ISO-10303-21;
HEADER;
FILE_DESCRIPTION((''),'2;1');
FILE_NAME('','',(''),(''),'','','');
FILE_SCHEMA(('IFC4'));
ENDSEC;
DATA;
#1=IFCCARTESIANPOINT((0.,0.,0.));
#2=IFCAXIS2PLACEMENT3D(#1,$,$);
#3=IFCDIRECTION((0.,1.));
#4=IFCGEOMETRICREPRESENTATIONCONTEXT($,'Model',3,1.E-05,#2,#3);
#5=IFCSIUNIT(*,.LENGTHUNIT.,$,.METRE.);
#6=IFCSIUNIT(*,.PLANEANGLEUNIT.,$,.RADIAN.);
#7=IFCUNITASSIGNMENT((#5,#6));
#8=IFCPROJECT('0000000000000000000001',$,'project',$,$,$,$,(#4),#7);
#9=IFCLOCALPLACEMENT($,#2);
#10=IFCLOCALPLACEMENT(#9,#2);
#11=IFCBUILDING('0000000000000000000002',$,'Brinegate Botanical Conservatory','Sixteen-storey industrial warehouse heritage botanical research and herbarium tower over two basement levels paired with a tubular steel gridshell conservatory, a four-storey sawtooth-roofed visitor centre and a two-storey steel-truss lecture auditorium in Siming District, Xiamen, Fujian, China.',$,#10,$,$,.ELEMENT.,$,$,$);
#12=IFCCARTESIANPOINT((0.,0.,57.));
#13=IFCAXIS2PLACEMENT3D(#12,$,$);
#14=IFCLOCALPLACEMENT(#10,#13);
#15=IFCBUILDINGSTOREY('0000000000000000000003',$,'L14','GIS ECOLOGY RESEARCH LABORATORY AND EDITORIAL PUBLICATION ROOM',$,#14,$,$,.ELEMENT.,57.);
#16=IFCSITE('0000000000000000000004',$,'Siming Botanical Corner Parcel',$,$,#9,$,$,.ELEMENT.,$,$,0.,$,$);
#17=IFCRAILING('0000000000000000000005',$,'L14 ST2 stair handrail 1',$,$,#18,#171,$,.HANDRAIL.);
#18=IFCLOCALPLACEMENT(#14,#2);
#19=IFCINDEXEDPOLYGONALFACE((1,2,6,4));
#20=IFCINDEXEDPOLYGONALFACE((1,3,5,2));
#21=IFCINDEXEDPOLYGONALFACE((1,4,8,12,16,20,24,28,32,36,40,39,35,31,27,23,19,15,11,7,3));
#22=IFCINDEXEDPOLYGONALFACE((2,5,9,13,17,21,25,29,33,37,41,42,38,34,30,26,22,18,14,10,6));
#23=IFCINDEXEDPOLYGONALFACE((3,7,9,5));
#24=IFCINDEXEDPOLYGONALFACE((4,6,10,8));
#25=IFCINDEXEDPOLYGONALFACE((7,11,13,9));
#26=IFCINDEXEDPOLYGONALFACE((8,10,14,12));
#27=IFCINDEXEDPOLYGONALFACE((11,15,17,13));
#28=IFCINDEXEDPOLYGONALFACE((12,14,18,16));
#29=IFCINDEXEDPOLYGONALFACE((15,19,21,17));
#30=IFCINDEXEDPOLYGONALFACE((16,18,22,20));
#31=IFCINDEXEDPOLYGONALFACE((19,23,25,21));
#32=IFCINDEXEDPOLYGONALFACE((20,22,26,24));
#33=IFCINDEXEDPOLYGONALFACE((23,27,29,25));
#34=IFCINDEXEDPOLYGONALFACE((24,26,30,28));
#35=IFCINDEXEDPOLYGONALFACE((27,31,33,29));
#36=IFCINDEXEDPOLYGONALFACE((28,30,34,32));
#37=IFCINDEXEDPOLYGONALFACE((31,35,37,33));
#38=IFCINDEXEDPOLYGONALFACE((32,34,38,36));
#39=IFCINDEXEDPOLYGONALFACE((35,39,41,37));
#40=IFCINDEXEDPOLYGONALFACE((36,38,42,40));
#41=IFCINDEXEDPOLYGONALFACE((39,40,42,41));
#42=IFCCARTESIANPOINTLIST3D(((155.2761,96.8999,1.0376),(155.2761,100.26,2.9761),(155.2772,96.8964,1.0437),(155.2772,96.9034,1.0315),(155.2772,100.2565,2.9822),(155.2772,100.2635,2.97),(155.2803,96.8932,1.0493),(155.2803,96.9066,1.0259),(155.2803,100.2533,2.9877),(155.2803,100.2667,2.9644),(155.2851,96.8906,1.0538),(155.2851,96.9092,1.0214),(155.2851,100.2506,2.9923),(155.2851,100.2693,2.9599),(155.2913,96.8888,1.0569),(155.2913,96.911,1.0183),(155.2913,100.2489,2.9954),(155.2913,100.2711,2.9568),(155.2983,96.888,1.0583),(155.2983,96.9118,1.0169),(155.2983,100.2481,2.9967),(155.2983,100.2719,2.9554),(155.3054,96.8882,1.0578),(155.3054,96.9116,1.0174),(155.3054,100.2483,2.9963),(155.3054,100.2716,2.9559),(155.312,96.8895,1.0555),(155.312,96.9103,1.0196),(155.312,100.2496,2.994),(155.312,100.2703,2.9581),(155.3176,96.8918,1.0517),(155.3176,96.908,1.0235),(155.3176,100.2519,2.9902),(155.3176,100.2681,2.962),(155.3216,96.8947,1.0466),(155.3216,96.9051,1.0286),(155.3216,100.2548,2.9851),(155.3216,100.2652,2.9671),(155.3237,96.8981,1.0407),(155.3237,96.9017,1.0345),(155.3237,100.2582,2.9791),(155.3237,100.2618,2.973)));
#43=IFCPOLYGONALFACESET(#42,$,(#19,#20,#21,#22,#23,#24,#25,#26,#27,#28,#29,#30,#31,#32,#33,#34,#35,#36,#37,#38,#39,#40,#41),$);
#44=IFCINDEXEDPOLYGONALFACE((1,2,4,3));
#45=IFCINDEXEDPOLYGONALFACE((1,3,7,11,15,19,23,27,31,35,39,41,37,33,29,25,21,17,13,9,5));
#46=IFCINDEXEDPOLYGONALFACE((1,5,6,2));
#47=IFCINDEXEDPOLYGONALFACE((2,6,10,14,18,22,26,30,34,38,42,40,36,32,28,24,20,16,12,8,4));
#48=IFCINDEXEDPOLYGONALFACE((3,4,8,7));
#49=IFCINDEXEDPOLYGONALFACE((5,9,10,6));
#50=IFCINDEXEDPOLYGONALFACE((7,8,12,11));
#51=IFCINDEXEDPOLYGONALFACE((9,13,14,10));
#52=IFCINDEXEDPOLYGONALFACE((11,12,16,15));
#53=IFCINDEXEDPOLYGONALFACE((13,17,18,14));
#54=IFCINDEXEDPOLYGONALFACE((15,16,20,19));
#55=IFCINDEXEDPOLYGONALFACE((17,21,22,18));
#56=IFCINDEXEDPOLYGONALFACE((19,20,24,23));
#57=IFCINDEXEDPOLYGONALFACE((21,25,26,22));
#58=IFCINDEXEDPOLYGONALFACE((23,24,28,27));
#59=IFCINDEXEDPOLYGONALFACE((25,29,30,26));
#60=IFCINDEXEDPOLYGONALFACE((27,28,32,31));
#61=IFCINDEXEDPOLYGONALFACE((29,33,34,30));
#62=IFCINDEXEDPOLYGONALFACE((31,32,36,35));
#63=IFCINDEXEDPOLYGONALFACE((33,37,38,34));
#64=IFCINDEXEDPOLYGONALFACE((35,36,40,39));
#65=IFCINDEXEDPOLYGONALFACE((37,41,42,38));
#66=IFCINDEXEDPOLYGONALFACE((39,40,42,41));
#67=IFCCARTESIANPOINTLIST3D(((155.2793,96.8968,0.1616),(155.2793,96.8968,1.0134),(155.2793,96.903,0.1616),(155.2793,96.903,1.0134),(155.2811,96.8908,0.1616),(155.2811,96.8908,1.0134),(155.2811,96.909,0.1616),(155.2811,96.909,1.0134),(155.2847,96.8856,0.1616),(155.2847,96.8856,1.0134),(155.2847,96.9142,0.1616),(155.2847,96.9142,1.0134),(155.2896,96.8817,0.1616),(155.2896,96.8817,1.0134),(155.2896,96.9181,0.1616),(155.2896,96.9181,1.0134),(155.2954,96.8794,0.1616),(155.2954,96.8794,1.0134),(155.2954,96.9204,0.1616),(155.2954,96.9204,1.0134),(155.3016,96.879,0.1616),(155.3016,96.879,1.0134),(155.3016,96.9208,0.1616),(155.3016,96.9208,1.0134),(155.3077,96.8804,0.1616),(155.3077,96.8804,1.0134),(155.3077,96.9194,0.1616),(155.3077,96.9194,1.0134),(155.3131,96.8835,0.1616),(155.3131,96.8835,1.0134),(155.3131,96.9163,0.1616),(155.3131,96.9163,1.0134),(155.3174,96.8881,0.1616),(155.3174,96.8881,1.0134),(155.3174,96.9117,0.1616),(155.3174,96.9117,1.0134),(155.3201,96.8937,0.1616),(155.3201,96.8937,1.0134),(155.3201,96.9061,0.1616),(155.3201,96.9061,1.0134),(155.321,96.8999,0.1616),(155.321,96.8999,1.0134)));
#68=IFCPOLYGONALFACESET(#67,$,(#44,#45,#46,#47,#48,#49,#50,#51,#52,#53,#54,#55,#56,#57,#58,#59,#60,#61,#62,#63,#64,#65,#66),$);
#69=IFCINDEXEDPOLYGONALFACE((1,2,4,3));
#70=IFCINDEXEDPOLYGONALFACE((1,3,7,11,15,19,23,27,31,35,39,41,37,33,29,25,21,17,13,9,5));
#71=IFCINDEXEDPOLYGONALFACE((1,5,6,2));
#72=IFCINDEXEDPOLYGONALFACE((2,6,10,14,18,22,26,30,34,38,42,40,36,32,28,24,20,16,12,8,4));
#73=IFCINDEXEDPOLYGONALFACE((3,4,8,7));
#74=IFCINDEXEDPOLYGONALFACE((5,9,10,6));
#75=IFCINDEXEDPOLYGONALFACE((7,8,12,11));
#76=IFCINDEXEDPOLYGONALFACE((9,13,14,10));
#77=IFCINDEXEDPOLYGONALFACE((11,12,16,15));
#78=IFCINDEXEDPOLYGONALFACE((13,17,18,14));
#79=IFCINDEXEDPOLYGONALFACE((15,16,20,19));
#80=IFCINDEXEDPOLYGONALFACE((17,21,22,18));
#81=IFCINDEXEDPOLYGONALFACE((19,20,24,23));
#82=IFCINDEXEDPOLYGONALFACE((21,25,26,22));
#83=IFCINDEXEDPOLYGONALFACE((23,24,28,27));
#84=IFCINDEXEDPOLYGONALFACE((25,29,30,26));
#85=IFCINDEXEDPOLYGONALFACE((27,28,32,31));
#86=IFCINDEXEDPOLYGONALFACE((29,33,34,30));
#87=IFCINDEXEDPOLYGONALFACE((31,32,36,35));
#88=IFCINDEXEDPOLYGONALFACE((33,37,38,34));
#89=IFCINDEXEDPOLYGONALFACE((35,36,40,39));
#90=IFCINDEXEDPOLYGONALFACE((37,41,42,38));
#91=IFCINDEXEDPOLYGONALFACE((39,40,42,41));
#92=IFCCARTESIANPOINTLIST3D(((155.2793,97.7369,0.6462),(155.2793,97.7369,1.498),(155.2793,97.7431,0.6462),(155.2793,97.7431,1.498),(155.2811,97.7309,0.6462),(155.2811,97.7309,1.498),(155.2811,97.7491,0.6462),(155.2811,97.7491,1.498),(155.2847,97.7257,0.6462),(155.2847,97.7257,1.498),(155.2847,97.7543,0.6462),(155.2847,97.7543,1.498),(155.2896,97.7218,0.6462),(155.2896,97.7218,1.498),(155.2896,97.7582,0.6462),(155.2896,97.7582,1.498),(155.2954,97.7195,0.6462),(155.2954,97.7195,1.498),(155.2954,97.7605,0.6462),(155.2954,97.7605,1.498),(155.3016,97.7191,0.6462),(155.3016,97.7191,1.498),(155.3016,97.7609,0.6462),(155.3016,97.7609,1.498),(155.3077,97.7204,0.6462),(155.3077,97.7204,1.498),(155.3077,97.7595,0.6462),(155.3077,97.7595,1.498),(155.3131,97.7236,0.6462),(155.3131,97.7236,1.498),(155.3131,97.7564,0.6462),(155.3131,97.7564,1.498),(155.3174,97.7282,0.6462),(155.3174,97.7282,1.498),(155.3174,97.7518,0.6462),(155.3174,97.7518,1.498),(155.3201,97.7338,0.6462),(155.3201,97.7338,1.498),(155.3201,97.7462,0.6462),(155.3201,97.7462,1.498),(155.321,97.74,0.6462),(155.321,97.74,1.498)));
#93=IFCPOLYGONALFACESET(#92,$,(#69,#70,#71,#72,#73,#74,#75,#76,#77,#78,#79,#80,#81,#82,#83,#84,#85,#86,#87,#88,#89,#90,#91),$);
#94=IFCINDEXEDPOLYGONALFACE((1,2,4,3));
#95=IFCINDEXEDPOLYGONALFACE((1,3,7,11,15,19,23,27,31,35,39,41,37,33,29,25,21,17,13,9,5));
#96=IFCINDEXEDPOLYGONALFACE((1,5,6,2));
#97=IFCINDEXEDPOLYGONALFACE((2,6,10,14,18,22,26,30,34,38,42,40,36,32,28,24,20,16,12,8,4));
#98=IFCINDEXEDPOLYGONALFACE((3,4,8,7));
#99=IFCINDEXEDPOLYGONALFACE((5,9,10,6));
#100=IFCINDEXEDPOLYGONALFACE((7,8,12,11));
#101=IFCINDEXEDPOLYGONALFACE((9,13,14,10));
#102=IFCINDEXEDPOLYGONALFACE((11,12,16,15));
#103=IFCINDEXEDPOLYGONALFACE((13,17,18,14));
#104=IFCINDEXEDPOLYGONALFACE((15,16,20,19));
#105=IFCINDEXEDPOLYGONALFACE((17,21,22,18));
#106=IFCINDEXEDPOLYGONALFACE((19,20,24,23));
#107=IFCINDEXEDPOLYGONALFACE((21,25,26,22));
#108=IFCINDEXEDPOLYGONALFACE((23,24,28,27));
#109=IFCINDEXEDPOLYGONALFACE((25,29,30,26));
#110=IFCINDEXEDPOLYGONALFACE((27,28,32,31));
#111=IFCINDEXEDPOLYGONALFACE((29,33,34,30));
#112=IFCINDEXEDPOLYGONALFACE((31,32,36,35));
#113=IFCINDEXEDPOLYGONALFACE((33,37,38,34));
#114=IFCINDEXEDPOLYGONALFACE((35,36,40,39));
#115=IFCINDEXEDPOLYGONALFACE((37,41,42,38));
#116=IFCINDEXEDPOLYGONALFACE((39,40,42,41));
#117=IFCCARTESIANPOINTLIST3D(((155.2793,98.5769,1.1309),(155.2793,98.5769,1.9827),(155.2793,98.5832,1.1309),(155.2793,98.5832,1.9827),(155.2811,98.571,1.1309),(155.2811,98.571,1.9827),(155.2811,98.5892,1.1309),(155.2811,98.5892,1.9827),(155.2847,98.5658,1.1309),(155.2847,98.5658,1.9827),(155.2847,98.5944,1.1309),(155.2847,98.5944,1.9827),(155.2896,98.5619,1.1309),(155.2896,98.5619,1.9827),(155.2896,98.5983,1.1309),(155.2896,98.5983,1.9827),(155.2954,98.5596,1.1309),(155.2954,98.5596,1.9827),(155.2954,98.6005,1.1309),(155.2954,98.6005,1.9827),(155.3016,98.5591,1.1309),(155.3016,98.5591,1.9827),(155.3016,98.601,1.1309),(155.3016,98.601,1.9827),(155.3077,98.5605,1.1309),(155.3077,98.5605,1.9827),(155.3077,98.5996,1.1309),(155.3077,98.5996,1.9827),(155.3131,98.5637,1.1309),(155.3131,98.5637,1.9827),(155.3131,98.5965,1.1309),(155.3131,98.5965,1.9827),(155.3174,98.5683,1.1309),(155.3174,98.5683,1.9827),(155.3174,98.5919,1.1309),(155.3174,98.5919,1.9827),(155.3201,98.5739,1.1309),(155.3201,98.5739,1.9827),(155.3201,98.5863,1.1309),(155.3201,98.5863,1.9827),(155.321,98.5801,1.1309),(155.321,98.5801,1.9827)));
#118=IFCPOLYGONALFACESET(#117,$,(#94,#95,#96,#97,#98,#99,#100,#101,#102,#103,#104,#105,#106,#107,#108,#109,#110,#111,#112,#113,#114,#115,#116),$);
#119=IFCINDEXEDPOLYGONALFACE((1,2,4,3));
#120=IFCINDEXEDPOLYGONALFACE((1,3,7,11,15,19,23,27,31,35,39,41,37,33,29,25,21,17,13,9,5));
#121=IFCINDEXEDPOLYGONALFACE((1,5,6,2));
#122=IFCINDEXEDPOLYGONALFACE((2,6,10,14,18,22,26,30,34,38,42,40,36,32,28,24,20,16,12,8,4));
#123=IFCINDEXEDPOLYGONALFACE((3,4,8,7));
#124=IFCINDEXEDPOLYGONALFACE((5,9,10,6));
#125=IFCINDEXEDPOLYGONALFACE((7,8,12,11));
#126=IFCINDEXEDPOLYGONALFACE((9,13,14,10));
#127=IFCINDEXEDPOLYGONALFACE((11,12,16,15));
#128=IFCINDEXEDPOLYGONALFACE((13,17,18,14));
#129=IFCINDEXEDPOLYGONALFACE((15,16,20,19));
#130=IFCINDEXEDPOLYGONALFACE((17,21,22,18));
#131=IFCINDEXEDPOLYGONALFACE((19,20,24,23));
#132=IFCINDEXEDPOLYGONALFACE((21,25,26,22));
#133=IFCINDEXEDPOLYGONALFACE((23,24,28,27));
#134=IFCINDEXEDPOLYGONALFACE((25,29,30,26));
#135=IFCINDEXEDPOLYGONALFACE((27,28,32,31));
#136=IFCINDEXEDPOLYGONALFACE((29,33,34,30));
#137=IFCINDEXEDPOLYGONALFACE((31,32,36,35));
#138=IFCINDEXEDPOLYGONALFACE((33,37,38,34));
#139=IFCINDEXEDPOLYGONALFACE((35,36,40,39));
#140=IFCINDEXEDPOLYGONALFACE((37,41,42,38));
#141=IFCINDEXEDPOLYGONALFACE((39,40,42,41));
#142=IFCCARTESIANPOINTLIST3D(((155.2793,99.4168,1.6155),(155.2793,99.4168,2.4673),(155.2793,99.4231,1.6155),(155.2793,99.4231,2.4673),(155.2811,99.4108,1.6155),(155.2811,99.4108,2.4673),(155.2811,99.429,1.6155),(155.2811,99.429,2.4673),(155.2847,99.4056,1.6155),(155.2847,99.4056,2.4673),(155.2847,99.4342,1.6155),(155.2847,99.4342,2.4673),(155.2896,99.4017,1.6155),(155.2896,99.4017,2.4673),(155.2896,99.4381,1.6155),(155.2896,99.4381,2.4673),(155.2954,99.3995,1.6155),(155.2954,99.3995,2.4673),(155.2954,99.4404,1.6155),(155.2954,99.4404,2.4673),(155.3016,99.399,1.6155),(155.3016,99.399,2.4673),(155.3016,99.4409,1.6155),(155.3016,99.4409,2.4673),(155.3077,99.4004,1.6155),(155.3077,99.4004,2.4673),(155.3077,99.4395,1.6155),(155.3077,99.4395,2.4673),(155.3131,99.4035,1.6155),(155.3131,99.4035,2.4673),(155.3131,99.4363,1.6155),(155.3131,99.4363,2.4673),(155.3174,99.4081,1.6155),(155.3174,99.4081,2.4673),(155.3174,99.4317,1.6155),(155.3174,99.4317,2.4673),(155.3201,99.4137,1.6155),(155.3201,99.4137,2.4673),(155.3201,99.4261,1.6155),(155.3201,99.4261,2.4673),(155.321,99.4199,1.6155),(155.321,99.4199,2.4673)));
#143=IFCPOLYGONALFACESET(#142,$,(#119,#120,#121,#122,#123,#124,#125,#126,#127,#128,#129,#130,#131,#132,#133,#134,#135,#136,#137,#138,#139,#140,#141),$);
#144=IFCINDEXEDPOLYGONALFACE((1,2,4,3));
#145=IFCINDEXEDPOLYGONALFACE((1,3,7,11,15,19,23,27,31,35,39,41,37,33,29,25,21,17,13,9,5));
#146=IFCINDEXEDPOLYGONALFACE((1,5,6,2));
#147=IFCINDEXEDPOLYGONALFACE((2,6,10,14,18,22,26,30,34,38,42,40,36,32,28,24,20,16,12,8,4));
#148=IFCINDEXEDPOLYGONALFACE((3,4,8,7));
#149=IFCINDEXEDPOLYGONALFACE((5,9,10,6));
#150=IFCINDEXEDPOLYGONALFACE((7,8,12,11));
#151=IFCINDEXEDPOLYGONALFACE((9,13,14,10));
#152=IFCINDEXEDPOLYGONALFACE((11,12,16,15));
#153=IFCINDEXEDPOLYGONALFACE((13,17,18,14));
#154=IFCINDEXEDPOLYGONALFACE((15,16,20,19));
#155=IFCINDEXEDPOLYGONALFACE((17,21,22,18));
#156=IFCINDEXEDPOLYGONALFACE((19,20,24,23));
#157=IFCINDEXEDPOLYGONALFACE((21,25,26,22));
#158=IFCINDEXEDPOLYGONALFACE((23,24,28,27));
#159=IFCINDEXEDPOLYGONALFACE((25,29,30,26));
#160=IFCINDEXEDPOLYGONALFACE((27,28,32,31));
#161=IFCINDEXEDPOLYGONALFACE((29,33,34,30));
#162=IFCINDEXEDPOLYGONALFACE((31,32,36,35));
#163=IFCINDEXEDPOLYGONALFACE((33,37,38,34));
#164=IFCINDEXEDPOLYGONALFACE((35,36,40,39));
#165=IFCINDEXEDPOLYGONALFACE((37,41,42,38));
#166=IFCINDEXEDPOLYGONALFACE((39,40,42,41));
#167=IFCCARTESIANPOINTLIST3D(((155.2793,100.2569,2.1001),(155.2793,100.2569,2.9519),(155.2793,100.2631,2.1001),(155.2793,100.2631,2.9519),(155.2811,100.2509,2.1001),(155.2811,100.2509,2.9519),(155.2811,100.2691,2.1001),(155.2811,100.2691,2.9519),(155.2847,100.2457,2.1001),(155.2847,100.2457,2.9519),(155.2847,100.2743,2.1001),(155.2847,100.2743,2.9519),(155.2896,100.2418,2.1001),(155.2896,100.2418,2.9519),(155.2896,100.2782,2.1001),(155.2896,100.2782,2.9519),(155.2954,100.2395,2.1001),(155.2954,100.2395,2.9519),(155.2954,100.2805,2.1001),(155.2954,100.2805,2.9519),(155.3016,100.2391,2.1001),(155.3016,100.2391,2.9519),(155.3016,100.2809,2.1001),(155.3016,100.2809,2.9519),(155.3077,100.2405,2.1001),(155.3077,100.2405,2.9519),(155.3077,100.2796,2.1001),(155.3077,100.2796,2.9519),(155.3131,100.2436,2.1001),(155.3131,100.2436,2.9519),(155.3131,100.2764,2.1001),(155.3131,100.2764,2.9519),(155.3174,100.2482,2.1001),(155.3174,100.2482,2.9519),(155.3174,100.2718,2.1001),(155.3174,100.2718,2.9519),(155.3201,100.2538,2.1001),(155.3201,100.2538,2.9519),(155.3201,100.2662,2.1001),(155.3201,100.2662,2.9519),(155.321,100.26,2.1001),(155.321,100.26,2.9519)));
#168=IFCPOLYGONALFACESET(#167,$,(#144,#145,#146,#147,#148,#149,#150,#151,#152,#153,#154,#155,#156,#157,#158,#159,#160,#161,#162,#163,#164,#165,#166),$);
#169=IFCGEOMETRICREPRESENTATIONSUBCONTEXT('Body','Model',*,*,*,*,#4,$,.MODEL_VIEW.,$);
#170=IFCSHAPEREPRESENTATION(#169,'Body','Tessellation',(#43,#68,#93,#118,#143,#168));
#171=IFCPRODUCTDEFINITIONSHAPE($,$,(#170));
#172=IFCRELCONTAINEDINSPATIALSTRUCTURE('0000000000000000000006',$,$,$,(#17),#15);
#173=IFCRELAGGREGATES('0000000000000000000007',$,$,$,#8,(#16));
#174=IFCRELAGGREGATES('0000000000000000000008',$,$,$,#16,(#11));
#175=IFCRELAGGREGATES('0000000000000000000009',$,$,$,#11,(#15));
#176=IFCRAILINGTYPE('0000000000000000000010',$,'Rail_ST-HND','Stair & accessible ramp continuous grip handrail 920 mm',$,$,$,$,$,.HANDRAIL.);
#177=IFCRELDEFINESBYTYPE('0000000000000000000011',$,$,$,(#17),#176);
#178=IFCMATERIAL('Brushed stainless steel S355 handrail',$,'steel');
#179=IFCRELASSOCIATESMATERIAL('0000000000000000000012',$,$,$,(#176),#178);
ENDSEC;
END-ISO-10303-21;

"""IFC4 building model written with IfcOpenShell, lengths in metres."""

from ifc_helpers import new_model, si_unit, direction, frame, origin, origin_2d, place, context, subcontext, project, spatial, circle, extrude, material, type_object, element, save


model = new_model("IFC4")

# Units and contexts
model_context = context("Model", 3, precision=1e-05, world=origin(), true_north=direction((0.0, 1.0)))
body_context = subcontext(model_context, "Body", "Model", "MODEL_VIEW")
ifc_project = project(units=[si_unit("LENGTHUNIT", "METRE"), si_unit("PLANEANGLEUNIT", "RADIAN")], contexts=[model_context])

# Site, building, storey
site_placement = place(None, origin())
site = spatial("IfcSite", under=ifc_project, at=site_placement, Name="Siming Botanical Corner Parcel", CompositionType="ELEMENT", RefElevation=0.0)
building_placement = place(site_placement, origin())
building = spatial("IfcBuilding", under=site, at=building_placement, Name="Brinegate Botanical Conservatory", Description="Sixteen-storey industrial warehouse heritage botanical research and herbarium tower over two basement levels paired with a tubular steel gridshell conservatory, a four-storey sawtooth-roofed visitor centre and a two-storey steel-truss lecture auditorium in Siming District, Xiamen, Fujian, China.", CompositionType="ELEMENT")
storey_placement = place(building_placement, frame((0.0, 0.0, 57.0)))
storey = spatial("IfcBuildingStorey", under=building, at=storey_placement, Name="L14", Description="GIS ECOLOGY RESEARCH LABORATORY AND EDITORIAL PUBLICATION ROOM", CompositionType="ELEMENT", Elevation=57.0)

# Railing
ifc_material_1 = material(Name="Brushed stainless steel S355 handrail", Category="steel")
railing_type_1 = type_object("IfcRailingType", Name="Rail_ST-HND", Description="Stair & accessible ramp continuous grip handrail 920 mm", PredefinedType="HANDRAIL", material=ifc_material_1)
railing_1_placement = place(storey_placement, frame((155.3, 96.8999, 0.1616)))
element("IfcRailing", 1, at=railing_1_placement, inside=storey, type_object=railing_type_1, Name="L14 ST2 stair handrail 1", PredefinedType="HANDRAIL", context=body_context, shape_type="SweptSolid", body=[
    extrude(circle(Radius=0.0239, at=origin_2d()), frame((0.0, 0.0, 0.876), z_axis=(0.0, 0.866191, 0.499713), x_axis=(-1.0, 0.0, 0.0)), (0.0, 0.0, 1.0), 3.8792),
    extrude(circle(Radius=0.021, at=origin_2d()), origin(), (0.0, 0.0, 1.0), 0.8518),
    extrude(circle(Radius=0.021, at=origin_2d()), frame((0.0, 0.8401, 0.4846)), (0.0, 0.0, 1.0), 0.8518),
    extrude(circle(Radius=0.021, at=origin_2d()), frame((0.0, 1.6802, 0.9692)), (0.0, 0.0, 1.0), 0.8518),
    extrude(circle(Radius=0.021, at=origin_2d()), frame((0.0, 2.52, 1.4539)), (0.0, 0.0, 1.0), 0.8518),
    extrude(circle(Radius=0.021, at=origin_2d()), frame((0.0, 3.3601, 1.9385)), (0.0, 0.0, 1.0), 0.8518),
])

save(model, "model.ifc")
